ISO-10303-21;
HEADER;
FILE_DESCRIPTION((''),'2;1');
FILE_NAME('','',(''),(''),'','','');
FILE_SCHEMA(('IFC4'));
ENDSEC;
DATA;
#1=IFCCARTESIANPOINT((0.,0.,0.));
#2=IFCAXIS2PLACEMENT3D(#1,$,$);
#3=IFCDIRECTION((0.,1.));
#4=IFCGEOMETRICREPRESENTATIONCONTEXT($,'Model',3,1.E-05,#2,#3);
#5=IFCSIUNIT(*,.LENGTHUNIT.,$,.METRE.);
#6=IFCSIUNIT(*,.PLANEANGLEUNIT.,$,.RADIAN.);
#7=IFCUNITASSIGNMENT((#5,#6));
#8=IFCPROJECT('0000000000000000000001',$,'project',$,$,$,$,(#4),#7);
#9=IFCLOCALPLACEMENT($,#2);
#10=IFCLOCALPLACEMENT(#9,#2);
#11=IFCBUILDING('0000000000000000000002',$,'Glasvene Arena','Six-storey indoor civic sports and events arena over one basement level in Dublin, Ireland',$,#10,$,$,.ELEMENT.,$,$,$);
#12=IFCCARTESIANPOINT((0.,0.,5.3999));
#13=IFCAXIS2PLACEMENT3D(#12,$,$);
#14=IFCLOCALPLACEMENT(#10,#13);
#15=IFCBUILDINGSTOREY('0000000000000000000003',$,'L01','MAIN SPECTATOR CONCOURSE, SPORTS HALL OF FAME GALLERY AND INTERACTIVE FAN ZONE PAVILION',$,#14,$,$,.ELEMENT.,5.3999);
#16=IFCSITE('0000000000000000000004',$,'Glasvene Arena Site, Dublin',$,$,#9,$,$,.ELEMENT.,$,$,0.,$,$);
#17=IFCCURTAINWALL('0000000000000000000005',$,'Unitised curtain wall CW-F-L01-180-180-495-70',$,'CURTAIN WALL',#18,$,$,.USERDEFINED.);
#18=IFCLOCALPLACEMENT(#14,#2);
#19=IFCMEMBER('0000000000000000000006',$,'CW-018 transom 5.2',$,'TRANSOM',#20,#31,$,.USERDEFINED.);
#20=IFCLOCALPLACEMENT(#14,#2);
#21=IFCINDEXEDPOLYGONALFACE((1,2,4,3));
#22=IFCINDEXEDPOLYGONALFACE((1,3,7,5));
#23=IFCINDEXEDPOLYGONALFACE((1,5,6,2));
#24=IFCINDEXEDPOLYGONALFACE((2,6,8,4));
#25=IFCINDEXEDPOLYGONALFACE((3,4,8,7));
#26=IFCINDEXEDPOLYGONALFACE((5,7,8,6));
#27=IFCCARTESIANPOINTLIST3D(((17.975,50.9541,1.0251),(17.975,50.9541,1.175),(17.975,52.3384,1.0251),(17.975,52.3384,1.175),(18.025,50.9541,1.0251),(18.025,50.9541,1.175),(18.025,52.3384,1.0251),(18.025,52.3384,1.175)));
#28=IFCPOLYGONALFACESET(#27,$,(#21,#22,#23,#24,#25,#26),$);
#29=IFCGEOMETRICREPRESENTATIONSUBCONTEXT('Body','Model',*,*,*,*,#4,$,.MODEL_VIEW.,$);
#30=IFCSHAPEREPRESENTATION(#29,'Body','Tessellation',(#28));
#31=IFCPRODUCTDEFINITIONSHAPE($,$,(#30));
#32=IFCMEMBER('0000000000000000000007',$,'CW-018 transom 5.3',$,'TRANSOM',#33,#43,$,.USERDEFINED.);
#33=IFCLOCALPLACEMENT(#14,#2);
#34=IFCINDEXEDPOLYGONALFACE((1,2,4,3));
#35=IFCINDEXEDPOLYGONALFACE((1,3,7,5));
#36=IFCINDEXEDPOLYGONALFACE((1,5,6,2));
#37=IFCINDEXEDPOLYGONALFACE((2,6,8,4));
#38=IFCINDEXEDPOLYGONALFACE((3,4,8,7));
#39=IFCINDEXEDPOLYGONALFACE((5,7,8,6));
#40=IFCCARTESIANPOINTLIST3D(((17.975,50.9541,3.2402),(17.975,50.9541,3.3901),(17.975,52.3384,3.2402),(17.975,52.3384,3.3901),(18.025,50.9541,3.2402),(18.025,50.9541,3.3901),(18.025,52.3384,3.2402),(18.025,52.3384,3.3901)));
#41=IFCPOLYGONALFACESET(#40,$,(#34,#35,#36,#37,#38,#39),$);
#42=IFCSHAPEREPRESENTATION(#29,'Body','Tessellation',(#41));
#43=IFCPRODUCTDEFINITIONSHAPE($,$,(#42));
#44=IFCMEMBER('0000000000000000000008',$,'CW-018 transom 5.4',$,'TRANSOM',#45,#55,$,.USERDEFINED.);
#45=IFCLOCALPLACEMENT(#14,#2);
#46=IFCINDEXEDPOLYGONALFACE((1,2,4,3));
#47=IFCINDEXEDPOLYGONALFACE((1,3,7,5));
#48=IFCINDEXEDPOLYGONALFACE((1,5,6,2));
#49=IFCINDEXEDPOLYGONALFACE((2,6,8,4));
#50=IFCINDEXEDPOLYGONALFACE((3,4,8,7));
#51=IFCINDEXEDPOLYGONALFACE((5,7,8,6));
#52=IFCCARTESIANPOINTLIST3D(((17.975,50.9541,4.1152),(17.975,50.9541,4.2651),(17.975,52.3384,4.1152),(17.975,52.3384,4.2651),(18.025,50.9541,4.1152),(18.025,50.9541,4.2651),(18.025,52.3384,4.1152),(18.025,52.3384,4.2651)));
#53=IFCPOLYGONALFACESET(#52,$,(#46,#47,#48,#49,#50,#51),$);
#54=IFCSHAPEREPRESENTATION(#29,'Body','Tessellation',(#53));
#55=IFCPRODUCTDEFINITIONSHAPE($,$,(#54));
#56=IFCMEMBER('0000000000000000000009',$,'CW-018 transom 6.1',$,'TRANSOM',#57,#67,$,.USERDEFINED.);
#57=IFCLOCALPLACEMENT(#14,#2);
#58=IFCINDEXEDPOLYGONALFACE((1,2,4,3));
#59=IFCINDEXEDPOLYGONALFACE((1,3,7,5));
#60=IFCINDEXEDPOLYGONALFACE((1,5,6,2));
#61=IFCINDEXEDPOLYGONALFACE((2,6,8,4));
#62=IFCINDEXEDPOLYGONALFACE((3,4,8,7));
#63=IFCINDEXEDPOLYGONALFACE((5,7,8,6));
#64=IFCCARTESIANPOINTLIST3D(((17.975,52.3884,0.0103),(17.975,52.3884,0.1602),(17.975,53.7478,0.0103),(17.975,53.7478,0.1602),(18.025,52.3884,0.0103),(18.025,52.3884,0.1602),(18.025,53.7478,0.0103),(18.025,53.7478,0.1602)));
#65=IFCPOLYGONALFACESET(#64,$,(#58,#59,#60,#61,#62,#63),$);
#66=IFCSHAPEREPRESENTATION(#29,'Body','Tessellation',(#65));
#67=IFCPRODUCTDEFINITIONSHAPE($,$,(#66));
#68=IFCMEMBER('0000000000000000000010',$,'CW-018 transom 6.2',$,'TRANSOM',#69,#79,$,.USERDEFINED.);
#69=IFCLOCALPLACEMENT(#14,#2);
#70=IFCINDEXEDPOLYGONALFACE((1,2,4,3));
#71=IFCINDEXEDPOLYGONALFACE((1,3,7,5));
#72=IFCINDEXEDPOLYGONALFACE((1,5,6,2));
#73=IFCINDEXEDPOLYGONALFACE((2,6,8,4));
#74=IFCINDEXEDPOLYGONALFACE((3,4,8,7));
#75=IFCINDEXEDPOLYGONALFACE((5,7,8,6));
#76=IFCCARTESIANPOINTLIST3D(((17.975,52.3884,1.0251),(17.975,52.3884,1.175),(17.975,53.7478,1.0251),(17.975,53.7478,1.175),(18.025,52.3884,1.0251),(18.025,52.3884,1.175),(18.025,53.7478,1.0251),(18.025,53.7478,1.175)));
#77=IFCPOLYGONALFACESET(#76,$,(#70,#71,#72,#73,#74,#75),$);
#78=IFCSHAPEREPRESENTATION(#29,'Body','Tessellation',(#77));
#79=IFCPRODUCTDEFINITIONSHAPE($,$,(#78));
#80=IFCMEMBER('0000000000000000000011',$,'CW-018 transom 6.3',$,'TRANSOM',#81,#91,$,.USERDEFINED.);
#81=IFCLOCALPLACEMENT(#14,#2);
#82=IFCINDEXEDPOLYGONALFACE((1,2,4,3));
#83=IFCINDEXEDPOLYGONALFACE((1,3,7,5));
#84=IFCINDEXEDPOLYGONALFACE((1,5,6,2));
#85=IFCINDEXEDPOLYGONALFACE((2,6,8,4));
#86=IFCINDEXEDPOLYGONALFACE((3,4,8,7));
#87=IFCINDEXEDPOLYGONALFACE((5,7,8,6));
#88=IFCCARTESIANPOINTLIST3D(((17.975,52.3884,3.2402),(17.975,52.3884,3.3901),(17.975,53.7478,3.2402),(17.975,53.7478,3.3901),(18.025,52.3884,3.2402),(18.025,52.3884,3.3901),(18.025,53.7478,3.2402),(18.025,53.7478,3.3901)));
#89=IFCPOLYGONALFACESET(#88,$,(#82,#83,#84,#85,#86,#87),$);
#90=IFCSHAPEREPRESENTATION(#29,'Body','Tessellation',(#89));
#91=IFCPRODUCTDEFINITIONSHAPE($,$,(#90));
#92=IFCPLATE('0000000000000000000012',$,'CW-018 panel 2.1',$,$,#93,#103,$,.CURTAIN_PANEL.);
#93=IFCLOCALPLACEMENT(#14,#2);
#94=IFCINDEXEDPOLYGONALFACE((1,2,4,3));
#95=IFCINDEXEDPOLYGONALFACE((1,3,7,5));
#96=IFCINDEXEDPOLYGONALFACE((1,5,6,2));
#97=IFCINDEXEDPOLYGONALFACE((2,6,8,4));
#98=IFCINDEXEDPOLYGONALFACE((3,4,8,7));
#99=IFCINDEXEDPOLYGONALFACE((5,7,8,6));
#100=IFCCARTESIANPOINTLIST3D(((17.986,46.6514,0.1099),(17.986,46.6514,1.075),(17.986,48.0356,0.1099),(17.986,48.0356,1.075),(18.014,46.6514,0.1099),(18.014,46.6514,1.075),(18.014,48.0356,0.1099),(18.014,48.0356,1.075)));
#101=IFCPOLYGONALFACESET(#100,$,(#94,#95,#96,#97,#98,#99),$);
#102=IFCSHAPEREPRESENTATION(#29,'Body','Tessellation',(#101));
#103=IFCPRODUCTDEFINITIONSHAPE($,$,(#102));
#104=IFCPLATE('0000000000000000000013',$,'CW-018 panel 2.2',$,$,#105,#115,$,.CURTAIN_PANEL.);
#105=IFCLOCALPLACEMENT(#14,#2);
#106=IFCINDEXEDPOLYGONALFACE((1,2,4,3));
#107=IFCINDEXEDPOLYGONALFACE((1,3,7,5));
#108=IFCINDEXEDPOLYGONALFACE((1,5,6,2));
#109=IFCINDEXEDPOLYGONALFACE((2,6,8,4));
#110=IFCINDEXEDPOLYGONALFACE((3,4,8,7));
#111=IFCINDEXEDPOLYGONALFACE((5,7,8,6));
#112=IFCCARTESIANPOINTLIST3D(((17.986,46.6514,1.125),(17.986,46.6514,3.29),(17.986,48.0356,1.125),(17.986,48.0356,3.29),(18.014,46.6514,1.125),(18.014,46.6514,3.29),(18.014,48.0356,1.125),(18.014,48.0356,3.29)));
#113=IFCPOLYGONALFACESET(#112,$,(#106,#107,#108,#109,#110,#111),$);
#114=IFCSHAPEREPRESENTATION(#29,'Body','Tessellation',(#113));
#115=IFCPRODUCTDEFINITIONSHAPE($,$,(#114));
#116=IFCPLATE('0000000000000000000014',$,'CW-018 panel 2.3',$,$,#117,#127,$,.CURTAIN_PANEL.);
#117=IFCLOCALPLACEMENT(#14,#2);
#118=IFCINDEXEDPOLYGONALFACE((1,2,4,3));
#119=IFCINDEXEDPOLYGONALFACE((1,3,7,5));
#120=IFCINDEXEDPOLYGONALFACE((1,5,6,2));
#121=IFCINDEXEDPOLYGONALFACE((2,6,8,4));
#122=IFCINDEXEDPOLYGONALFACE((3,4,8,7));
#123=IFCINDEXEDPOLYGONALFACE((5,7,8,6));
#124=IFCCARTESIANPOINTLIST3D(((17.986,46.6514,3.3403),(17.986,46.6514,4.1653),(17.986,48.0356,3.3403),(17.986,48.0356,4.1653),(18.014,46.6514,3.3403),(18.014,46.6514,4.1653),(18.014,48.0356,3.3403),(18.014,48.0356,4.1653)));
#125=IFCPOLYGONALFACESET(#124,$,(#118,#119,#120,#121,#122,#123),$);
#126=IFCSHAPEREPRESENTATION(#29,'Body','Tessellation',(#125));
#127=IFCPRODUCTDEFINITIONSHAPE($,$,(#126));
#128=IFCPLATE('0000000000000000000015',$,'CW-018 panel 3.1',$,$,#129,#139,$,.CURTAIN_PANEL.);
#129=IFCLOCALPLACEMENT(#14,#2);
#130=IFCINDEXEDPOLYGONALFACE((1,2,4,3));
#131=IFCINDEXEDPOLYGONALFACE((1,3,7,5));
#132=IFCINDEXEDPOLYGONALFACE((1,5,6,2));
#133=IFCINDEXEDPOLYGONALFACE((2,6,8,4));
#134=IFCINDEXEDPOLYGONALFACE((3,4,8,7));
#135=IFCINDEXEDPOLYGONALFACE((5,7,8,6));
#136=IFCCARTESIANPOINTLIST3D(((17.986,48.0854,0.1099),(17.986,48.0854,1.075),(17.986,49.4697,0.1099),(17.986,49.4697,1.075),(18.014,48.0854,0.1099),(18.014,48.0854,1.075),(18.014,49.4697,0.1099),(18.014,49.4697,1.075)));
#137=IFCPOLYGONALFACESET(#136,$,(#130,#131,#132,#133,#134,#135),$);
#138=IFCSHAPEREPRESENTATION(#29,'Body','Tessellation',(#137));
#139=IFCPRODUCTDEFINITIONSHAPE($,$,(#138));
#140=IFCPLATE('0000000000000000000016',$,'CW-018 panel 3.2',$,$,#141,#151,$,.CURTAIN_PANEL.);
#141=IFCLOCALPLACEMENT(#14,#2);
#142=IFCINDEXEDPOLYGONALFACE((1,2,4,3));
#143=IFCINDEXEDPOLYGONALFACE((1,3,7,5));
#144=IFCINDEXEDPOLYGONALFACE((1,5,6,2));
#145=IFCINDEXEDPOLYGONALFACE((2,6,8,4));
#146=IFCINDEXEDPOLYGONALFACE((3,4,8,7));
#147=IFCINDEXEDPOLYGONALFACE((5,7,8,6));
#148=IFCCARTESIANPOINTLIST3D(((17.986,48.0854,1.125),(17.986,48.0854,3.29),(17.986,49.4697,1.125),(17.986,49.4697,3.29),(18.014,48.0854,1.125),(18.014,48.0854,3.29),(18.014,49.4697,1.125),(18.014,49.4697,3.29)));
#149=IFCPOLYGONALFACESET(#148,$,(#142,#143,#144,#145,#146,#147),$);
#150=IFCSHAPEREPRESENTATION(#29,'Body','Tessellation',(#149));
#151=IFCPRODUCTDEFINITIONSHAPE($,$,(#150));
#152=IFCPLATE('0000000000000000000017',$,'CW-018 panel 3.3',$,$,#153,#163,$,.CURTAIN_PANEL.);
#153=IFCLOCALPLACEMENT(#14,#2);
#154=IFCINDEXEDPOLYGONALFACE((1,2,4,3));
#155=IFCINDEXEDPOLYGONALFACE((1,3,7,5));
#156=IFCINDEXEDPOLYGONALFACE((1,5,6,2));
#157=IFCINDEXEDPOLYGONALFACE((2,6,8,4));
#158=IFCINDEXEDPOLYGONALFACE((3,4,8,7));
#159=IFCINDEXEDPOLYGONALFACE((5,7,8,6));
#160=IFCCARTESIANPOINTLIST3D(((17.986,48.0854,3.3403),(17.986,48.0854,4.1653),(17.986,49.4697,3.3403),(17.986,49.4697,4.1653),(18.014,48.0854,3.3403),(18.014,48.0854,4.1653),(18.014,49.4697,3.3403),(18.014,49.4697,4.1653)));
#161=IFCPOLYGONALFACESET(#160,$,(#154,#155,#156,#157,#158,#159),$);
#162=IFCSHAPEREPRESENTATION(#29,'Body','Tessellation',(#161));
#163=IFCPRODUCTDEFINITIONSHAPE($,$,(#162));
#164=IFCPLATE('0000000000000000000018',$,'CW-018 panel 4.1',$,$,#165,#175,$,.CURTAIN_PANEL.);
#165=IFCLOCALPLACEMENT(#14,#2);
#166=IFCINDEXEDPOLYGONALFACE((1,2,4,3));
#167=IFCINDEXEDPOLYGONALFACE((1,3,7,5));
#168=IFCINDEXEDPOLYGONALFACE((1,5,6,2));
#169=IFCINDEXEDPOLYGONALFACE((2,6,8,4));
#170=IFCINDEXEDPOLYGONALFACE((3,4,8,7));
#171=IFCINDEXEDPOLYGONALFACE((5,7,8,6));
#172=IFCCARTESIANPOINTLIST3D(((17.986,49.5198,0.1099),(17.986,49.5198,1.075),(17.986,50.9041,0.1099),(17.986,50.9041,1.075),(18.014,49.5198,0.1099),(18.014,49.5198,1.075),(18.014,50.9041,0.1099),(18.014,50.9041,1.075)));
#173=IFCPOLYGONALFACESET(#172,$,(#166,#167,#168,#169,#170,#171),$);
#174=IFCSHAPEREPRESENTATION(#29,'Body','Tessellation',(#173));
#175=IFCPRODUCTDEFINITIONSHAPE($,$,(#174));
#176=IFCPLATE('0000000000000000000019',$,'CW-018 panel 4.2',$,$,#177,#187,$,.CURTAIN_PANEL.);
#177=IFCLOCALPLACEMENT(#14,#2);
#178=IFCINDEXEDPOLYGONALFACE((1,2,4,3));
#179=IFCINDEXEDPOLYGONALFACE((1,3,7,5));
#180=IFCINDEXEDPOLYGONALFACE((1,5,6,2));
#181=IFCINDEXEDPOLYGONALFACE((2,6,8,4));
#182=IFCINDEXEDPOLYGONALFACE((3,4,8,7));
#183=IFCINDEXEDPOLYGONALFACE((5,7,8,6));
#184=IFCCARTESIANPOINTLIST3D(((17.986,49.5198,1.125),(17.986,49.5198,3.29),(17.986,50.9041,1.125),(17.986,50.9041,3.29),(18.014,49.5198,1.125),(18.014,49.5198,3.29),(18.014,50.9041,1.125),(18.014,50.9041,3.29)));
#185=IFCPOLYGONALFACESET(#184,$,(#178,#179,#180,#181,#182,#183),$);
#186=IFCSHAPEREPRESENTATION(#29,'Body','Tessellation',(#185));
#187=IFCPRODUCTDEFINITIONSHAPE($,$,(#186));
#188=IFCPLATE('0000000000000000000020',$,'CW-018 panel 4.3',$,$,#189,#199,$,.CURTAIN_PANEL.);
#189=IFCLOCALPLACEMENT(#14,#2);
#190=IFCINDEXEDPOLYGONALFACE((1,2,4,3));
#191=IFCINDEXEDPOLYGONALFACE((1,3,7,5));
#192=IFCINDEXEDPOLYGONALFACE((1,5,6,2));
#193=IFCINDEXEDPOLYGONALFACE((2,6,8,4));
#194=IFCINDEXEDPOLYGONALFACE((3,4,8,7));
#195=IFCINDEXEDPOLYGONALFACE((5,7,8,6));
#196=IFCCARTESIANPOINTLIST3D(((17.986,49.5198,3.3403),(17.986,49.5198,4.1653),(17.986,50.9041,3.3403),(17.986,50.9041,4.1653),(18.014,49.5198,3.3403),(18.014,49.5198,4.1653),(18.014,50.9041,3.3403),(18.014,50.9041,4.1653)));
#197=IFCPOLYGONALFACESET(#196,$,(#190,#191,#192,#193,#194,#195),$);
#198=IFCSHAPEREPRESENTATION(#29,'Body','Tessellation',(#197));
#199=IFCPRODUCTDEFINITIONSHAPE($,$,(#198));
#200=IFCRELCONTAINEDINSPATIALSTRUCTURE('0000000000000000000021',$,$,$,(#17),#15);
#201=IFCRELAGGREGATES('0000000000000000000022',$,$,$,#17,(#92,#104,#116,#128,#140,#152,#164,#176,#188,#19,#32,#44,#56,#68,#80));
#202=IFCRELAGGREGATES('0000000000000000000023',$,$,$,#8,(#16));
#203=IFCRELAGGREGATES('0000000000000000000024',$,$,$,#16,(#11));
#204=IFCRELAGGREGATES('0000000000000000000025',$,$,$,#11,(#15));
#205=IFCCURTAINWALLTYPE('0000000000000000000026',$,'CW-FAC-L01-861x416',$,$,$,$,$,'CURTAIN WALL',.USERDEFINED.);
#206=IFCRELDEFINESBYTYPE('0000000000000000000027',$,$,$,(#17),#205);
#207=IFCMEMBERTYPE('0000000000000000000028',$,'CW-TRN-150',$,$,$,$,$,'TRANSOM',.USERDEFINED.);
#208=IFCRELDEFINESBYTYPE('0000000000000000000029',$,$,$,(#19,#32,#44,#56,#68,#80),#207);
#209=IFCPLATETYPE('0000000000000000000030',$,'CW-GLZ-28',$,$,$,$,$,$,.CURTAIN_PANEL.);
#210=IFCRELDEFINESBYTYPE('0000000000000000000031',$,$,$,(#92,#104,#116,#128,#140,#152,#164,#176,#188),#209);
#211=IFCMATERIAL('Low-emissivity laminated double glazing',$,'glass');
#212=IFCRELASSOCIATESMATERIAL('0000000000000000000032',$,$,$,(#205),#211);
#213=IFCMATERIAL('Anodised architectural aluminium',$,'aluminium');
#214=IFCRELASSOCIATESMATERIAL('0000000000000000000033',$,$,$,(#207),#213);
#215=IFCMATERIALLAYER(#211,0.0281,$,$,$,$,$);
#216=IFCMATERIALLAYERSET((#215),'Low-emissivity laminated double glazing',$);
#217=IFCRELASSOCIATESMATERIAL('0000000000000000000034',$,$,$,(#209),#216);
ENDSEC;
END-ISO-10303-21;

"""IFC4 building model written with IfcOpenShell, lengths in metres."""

from ifc_helpers import new_model, si_unit, direction, frame, origin, origin_2d, place, context, subcontext, project, spatial, rectangle, extrude, material, layer, layer_set, material_profile, profile_set, type_object, element, aggregate, save


model = new_model("IFC4")

# Units and contexts
model_context = context("Model", 3, precision=1e-05, world=origin(), true_north=direction((0.0, 1.0)))
body_context = subcontext(model_context, "Body", "Model", "MODEL_VIEW")
ifc_project = project(units=[si_unit("LENGTHUNIT", "METRE"), si_unit("PLANEANGLEUNIT", "RADIAN")], contexts=[model_context])

# Site, building, storey
site_placement = place(None, origin())
site = spatial("IfcSite", under=ifc_project, at=site_placement, Name="Glasvene Arena Site, Dublin", CompositionType="ELEMENT", RefElevation=0.0)
building_placement = place(site_placement, origin())
building = spatial("IfcBuilding", under=site, at=building_placement, Name="Glasvene Arena", Description="Six-storey indoor civic sports and events arena over one basement level in Dublin, Ireland", CompositionType="ELEMENT")
storey_placement = place(building_placement, frame((0.0, 0.0, 5.3999)))
storey = spatial("IfcBuildingStorey", under=building, at=storey_placement, Name="L01", Description="MAIN SPECTATOR CONCOURSE, SPORTS HALL OF FAME GALLERY AND INTERACTIVE FAN ZONE PAVILION", CompositionType="ELEMENT", Elevation=5.3999)

# Curtain wall, members, plates
ifc_material_1 = material(Name="Low-emissivity laminated double glazing", Category="glass")
curtain_wall_type = type_object("IfcCurtainWallType", Name="CW-FAC-L01-861x416", ElementType="CURTAIN WALL", PredefinedType="USERDEFINED", material=ifc_material_1)
curtain_wall_placement = place(storey_placement, frame((18.0, 45.1919, 0.0)))
curtain_wall = element("IfcCurtainWall", 1, at=curtain_wall_placement, inside=storey, type_object=curtain_wall_type, Name="Unitised curtain wall CW-F-L01-180-180-495-70", ObjectType="CURTAIN WALL", PredefinedType="USERDEFINED")
ifc_material_2 = material(Name="Anodised architectural aluminium", Category="aluminium")
ifc_material_profile_1 = material_profile(ifc_material_2, rectangle(XDim=0.05, YDim=0.1499, at=origin_2d()), Name="ALU TRANSOM 50x150")
ifc_profile_set_1 = profile_set([ifc_material_profile_1], Name="Anodised architectural aluminium")
member_type_1 = type_object("IfcMemberType", Name="CW-TRN-150", ElementType="TRANSOM", PredefinedType="USERDEFINED", material=ifc_profile_set_1)
member_1_placement = place(storey_placement, frame((18.0, 50.9541, 1.1001), z_axis=(0.0, 1.0, 0.0), x_axis=(-1.0, 0.0, 0.0)))
member_1 = element("IfcMember", 2, at=member_1_placement, type_object=member_type_1, Name="CW-018 transom 5.2", ObjectType="TRANSOM", PredefinedType="USERDEFINED", context=body_context, shape_type="SweptSolid", body=[
    extrude(rectangle(XDim=0.05, YDim=0.1499, at=origin_2d()), origin(), (0.0, 0.0, 1.0), 1.3843),
])
member_2_placement = place(storey_placement, frame((18.0, 50.9541, 3.3152), z_axis=(0.0, 1.0, 0.0), x_axis=(-1.0, 0.0, 0.0)))
member_2 = element("IfcMember", 3, at=member_2_placement, type_object=member_type_1, Name="CW-018 transom 5.3", ObjectType="TRANSOM", PredefinedType="USERDEFINED", context=body_context, shape_type="SweptSolid", body=[
    extrude(rectangle(XDim=0.05, YDim=0.1499, at=origin_2d()), origin(), (0.0, 0.0, 1.0), 1.3843),
])
member_3_placement = place(storey_placement, frame((18.0, 50.9541, 4.1902), z_axis=(0.0, 1.0, 0.0), x_axis=(-1.0, 0.0, 0.0)))
member_3 = element("IfcMember", 4, at=member_3_placement, type_object=member_type_1, Name="CW-018 transom 5.4", ObjectType="TRANSOM", PredefinedType="USERDEFINED", context=body_context, shape_type="SweptSolid", body=[
    extrude(rectangle(XDim=0.05, YDim=0.1499, at=origin_2d()), origin(), (0.0, 0.0, 1.0), 1.3843),
])
member_4_placement = place(storey_placement, frame((18.0, 52.3884, 0.0852), z_axis=(0.0, 1.0, 0.0), x_axis=(-1.0, 0.0, 0.0)))
member_4 = element("IfcMember", 5, at=member_4_placement, type_object=member_type_1, Name="CW-018 transom 6.1", ObjectType="TRANSOM", PredefinedType="USERDEFINED", context=body_context, shape_type="SweptSolid", body=[
    extrude(rectangle(XDim=0.05, YDim=0.1499, at=origin_2d()), origin(), (0.0, 0.0, 1.0), 1.3594),
])
member_5_placement = place(storey_placement, frame((18.0, 52.3884, 1.1001), z_axis=(0.0, 1.0, 0.0), x_axis=(-1.0, 0.0, 0.0)))
member_5 = element("IfcMember", 6, at=member_5_placement, type_object=member_type_1, Name="CW-018 transom 6.2", ObjectType="TRANSOM", PredefinedType="USERDEFINED", context=body_context, shape_type="SweptSolid", body=[
    extrude(rectangle(XDim=0.05, YDim=0.1499, at=origin_2d()), origin(), (0.0, 0.0, 1.0), 1.3594),
])
member_6_placement = place(storey_placement, frame((18.0, 52.3884, 3.3152), z_axis=(0.0, 1.0, 0.0), x_axis=(-1.0, 0.0, 0.0)))
member_6 = element("IfcMember", 7, at=member_6_placement, type_object=member_type_1, Name="CW-018 transom 6.3", ObjectType="TRANSOM", PredefinedType="USERDEFINED", context=body_context, shape_type="SweptSolid", body=[
    extrude(rectangle(XDim=0.05, YDim=0.1499, at=origin_2d()), origin(), (0.0, 0.0, 1.0), 1.3594),
])
ifc_layer = layer(ifc_material_1, 0.0281)
ifc_layer_set = layer_set([ifc_layer], Name="Low-emissivity laminated double glazing")
plate_type = type_object("IfcPlateType", Name="CW-GLZ-28", PredefinedType="CURTAIN_PANEL", material=ifc_layer_set)
plate_1_placement = place(storey_placement, frame((18.0, 47.3435, 0.1099), z_axis=(0.0, 0.0, 1.0), x_axis=(0.0, 1.0, 0.0)))
plate_1 = element("IfcPlate", 8, at=plate_1_placement, type_object=plate_type, Name="CW-018 panel 2.1", PredefinedType="CURTAIN_PANEL", context=body_context, shape_type="SweptSolid", body=[
    extrude(rectangle(XDim=1.3843, YDim=0.0281, at=origin_2d()), origin(), (0.0, 0.0, 1.0), 0.9651),
])
plate_2_placement = place(storey_placement, frame((18.0, 47.3435, 1.125), z_axis=(0.0, 0.0, 1.0), x_axis=(0.0, 1.0, 0.0)))
plate_2 = element("IfcPlate", 9, at=plate_2_placement, type_object=plate_type, Name="CW-018 panel 2.2", PredefinedType="CURTAIN_PANEL", context=body_context, shape_type="SweptSolid", body=[
    extrude(rectangle(XDim=1.3843, YDim=0.0281, at=origin_2d()), origin(), (0.0, 0.0, 1.0), 2.165),
])
plate_3_placement = place(storey_placement, frame((18.0, 47.3435, 3.3403), z_axis=(0.0, 0.0, 1.0), x_axis=(0.0, 1.0, 0.0)))
plate_3 = element("IfcPlate", 10, at=plate_3_placement, type_object=plate_type, Name="CW-018 panel 2.3", PredefinedType="CURTAIN_PANEL", context=body_context, shape_type="SweptSolid", body=[
    extrude(rectangle(XDim=1.3843, YDim=0.0281, at=origin_2d()), origin(), (0.0, 0.0, 1.0), 0.825),
])
plate_4_placement = place(storey_placement, frame((18.0, 48.7776, 0.1099), z_axis=(0.0, 0.0, 1.0), x_axis=(0.0, 1.0, 0.0)))
plate_4 = element("IfcPlate", 11, at=plate_4_placement, type_object=plate_type, Name="CW-018 panel 3.1", PredefinedType="CURTAIN_PANEL", context=body_context, shape_type="SweptSolid", body=[
    extrude(rectangle(XDim=1.3843, YDim=0.0281, at=origin_2d()), origin(), (0.0, 0.0, 1.0), 0.9651),
])
plate_5_placement = place(storey_placement, frame((18.0, 48.7776, 1.125), z_axis=(0.0, 0.0, 1.0), x_axis=(0.0, 1.0, 0.0)))
plate_5 = element("IfcPlate", 12, at=plate_5_placement, type_object=plate_type, Name="CW-018 panel 3.2", PredefinedType="CURTAIN_PANEL", context=body_context, shape_type="SweptSolid", body=[
    extrude(rectangle(XDim=1.3843, YDim=0.0281, at=origin_2d()), origin(), (0.0, 0.0, 1.0), 2.165),
])
plate_6_placement = place(storey_placement, frame((18.0, 48.7776, 3.3403), z_axis=(0.0, 0.0, 1.0), x_axis=(0.0, 1.0, 0.0)))
plate_6 = element("IfcPlate", 13, at=plate_6_placement, type_object=plate_type, Name="CW-018 panel 3.3", PredefinedType="CURTAIN_PANEL", context=body_context, shape_type="SweptSolid", body=[
    extrude(rectangle(XDim=1.3843, YDim=0.0281, at=origin_2d()), origin(), (0.0, 0.0, 1.0), 0.825),
])
plate_7_placement = place(storey_placement, frame((18.0, 50.2119, 0.1099), z_axis=(0.0, 0.0, 1.0), x_axis=(0.0, 1.0, 0.0)))
plate_7 = element("IfcPlate", 14, at=plate_7_placement, type_object=plate_type, Name="CW-018 panel 4.1", PredefinedType="CURTAIN_PANEL", context=body_context, shape_type="SweptSolid", body=[
    extrude(rectangle(XDim=1.3843, YDim=0.0281, at=origin_2d()), origin(), (0.0, 0.0, 1.0), 0.9651),
])
plate_8_placement = place(storey_placement, frame((18.0, 50.2119, 1.125), z_axis=(0.0, 0.0, 1.0), x_axis=(0.0, 1.0, 0.0)))
plate_8 = element("IfcPlate", 15, at=plate_8_placement, type_object=plate_type, Name="CW-018 panel 4.2", PredefinedType="CURTAIN_PANEL", context=body_context, shape_type="SweptSolid", body=[
    extrude(rectangle(XDim=1.3843, YDim=0.0281, at=origin_2d()), origin(), (0.0, 0.0, 1.0), 2.165),
])
plate_9_placement = place(storey_placement, frame((18.0, 50.2119, 3.3403), z_axis=(0.0, 0.0, 1.0), x_axis=(0.0, 1.0, 0.0)))
plate_9 = element("IfcPlate", 16, at=plate_9_placement, type_object=plate_type, Name="CW-018 panel 4.3", PredefinedType="CURTAIN_PANEL", context=body_context, shape_type="SweptSolid", body=[
    extrude(rectangle(XDim=1.3843, YDim=0.0281, at=origin_2d()), origin(), (0.0, 0.0, 1.0), 0.825),
])
aggregate(curtain_wall, [plate_1, plate_2, plate_3, plate_4, plate_5, plate_6, plate_7, plate_8, plate_9, member_1, member_2, member_3, member_4, member_5, member_6])

save(model, "model.ifc")
